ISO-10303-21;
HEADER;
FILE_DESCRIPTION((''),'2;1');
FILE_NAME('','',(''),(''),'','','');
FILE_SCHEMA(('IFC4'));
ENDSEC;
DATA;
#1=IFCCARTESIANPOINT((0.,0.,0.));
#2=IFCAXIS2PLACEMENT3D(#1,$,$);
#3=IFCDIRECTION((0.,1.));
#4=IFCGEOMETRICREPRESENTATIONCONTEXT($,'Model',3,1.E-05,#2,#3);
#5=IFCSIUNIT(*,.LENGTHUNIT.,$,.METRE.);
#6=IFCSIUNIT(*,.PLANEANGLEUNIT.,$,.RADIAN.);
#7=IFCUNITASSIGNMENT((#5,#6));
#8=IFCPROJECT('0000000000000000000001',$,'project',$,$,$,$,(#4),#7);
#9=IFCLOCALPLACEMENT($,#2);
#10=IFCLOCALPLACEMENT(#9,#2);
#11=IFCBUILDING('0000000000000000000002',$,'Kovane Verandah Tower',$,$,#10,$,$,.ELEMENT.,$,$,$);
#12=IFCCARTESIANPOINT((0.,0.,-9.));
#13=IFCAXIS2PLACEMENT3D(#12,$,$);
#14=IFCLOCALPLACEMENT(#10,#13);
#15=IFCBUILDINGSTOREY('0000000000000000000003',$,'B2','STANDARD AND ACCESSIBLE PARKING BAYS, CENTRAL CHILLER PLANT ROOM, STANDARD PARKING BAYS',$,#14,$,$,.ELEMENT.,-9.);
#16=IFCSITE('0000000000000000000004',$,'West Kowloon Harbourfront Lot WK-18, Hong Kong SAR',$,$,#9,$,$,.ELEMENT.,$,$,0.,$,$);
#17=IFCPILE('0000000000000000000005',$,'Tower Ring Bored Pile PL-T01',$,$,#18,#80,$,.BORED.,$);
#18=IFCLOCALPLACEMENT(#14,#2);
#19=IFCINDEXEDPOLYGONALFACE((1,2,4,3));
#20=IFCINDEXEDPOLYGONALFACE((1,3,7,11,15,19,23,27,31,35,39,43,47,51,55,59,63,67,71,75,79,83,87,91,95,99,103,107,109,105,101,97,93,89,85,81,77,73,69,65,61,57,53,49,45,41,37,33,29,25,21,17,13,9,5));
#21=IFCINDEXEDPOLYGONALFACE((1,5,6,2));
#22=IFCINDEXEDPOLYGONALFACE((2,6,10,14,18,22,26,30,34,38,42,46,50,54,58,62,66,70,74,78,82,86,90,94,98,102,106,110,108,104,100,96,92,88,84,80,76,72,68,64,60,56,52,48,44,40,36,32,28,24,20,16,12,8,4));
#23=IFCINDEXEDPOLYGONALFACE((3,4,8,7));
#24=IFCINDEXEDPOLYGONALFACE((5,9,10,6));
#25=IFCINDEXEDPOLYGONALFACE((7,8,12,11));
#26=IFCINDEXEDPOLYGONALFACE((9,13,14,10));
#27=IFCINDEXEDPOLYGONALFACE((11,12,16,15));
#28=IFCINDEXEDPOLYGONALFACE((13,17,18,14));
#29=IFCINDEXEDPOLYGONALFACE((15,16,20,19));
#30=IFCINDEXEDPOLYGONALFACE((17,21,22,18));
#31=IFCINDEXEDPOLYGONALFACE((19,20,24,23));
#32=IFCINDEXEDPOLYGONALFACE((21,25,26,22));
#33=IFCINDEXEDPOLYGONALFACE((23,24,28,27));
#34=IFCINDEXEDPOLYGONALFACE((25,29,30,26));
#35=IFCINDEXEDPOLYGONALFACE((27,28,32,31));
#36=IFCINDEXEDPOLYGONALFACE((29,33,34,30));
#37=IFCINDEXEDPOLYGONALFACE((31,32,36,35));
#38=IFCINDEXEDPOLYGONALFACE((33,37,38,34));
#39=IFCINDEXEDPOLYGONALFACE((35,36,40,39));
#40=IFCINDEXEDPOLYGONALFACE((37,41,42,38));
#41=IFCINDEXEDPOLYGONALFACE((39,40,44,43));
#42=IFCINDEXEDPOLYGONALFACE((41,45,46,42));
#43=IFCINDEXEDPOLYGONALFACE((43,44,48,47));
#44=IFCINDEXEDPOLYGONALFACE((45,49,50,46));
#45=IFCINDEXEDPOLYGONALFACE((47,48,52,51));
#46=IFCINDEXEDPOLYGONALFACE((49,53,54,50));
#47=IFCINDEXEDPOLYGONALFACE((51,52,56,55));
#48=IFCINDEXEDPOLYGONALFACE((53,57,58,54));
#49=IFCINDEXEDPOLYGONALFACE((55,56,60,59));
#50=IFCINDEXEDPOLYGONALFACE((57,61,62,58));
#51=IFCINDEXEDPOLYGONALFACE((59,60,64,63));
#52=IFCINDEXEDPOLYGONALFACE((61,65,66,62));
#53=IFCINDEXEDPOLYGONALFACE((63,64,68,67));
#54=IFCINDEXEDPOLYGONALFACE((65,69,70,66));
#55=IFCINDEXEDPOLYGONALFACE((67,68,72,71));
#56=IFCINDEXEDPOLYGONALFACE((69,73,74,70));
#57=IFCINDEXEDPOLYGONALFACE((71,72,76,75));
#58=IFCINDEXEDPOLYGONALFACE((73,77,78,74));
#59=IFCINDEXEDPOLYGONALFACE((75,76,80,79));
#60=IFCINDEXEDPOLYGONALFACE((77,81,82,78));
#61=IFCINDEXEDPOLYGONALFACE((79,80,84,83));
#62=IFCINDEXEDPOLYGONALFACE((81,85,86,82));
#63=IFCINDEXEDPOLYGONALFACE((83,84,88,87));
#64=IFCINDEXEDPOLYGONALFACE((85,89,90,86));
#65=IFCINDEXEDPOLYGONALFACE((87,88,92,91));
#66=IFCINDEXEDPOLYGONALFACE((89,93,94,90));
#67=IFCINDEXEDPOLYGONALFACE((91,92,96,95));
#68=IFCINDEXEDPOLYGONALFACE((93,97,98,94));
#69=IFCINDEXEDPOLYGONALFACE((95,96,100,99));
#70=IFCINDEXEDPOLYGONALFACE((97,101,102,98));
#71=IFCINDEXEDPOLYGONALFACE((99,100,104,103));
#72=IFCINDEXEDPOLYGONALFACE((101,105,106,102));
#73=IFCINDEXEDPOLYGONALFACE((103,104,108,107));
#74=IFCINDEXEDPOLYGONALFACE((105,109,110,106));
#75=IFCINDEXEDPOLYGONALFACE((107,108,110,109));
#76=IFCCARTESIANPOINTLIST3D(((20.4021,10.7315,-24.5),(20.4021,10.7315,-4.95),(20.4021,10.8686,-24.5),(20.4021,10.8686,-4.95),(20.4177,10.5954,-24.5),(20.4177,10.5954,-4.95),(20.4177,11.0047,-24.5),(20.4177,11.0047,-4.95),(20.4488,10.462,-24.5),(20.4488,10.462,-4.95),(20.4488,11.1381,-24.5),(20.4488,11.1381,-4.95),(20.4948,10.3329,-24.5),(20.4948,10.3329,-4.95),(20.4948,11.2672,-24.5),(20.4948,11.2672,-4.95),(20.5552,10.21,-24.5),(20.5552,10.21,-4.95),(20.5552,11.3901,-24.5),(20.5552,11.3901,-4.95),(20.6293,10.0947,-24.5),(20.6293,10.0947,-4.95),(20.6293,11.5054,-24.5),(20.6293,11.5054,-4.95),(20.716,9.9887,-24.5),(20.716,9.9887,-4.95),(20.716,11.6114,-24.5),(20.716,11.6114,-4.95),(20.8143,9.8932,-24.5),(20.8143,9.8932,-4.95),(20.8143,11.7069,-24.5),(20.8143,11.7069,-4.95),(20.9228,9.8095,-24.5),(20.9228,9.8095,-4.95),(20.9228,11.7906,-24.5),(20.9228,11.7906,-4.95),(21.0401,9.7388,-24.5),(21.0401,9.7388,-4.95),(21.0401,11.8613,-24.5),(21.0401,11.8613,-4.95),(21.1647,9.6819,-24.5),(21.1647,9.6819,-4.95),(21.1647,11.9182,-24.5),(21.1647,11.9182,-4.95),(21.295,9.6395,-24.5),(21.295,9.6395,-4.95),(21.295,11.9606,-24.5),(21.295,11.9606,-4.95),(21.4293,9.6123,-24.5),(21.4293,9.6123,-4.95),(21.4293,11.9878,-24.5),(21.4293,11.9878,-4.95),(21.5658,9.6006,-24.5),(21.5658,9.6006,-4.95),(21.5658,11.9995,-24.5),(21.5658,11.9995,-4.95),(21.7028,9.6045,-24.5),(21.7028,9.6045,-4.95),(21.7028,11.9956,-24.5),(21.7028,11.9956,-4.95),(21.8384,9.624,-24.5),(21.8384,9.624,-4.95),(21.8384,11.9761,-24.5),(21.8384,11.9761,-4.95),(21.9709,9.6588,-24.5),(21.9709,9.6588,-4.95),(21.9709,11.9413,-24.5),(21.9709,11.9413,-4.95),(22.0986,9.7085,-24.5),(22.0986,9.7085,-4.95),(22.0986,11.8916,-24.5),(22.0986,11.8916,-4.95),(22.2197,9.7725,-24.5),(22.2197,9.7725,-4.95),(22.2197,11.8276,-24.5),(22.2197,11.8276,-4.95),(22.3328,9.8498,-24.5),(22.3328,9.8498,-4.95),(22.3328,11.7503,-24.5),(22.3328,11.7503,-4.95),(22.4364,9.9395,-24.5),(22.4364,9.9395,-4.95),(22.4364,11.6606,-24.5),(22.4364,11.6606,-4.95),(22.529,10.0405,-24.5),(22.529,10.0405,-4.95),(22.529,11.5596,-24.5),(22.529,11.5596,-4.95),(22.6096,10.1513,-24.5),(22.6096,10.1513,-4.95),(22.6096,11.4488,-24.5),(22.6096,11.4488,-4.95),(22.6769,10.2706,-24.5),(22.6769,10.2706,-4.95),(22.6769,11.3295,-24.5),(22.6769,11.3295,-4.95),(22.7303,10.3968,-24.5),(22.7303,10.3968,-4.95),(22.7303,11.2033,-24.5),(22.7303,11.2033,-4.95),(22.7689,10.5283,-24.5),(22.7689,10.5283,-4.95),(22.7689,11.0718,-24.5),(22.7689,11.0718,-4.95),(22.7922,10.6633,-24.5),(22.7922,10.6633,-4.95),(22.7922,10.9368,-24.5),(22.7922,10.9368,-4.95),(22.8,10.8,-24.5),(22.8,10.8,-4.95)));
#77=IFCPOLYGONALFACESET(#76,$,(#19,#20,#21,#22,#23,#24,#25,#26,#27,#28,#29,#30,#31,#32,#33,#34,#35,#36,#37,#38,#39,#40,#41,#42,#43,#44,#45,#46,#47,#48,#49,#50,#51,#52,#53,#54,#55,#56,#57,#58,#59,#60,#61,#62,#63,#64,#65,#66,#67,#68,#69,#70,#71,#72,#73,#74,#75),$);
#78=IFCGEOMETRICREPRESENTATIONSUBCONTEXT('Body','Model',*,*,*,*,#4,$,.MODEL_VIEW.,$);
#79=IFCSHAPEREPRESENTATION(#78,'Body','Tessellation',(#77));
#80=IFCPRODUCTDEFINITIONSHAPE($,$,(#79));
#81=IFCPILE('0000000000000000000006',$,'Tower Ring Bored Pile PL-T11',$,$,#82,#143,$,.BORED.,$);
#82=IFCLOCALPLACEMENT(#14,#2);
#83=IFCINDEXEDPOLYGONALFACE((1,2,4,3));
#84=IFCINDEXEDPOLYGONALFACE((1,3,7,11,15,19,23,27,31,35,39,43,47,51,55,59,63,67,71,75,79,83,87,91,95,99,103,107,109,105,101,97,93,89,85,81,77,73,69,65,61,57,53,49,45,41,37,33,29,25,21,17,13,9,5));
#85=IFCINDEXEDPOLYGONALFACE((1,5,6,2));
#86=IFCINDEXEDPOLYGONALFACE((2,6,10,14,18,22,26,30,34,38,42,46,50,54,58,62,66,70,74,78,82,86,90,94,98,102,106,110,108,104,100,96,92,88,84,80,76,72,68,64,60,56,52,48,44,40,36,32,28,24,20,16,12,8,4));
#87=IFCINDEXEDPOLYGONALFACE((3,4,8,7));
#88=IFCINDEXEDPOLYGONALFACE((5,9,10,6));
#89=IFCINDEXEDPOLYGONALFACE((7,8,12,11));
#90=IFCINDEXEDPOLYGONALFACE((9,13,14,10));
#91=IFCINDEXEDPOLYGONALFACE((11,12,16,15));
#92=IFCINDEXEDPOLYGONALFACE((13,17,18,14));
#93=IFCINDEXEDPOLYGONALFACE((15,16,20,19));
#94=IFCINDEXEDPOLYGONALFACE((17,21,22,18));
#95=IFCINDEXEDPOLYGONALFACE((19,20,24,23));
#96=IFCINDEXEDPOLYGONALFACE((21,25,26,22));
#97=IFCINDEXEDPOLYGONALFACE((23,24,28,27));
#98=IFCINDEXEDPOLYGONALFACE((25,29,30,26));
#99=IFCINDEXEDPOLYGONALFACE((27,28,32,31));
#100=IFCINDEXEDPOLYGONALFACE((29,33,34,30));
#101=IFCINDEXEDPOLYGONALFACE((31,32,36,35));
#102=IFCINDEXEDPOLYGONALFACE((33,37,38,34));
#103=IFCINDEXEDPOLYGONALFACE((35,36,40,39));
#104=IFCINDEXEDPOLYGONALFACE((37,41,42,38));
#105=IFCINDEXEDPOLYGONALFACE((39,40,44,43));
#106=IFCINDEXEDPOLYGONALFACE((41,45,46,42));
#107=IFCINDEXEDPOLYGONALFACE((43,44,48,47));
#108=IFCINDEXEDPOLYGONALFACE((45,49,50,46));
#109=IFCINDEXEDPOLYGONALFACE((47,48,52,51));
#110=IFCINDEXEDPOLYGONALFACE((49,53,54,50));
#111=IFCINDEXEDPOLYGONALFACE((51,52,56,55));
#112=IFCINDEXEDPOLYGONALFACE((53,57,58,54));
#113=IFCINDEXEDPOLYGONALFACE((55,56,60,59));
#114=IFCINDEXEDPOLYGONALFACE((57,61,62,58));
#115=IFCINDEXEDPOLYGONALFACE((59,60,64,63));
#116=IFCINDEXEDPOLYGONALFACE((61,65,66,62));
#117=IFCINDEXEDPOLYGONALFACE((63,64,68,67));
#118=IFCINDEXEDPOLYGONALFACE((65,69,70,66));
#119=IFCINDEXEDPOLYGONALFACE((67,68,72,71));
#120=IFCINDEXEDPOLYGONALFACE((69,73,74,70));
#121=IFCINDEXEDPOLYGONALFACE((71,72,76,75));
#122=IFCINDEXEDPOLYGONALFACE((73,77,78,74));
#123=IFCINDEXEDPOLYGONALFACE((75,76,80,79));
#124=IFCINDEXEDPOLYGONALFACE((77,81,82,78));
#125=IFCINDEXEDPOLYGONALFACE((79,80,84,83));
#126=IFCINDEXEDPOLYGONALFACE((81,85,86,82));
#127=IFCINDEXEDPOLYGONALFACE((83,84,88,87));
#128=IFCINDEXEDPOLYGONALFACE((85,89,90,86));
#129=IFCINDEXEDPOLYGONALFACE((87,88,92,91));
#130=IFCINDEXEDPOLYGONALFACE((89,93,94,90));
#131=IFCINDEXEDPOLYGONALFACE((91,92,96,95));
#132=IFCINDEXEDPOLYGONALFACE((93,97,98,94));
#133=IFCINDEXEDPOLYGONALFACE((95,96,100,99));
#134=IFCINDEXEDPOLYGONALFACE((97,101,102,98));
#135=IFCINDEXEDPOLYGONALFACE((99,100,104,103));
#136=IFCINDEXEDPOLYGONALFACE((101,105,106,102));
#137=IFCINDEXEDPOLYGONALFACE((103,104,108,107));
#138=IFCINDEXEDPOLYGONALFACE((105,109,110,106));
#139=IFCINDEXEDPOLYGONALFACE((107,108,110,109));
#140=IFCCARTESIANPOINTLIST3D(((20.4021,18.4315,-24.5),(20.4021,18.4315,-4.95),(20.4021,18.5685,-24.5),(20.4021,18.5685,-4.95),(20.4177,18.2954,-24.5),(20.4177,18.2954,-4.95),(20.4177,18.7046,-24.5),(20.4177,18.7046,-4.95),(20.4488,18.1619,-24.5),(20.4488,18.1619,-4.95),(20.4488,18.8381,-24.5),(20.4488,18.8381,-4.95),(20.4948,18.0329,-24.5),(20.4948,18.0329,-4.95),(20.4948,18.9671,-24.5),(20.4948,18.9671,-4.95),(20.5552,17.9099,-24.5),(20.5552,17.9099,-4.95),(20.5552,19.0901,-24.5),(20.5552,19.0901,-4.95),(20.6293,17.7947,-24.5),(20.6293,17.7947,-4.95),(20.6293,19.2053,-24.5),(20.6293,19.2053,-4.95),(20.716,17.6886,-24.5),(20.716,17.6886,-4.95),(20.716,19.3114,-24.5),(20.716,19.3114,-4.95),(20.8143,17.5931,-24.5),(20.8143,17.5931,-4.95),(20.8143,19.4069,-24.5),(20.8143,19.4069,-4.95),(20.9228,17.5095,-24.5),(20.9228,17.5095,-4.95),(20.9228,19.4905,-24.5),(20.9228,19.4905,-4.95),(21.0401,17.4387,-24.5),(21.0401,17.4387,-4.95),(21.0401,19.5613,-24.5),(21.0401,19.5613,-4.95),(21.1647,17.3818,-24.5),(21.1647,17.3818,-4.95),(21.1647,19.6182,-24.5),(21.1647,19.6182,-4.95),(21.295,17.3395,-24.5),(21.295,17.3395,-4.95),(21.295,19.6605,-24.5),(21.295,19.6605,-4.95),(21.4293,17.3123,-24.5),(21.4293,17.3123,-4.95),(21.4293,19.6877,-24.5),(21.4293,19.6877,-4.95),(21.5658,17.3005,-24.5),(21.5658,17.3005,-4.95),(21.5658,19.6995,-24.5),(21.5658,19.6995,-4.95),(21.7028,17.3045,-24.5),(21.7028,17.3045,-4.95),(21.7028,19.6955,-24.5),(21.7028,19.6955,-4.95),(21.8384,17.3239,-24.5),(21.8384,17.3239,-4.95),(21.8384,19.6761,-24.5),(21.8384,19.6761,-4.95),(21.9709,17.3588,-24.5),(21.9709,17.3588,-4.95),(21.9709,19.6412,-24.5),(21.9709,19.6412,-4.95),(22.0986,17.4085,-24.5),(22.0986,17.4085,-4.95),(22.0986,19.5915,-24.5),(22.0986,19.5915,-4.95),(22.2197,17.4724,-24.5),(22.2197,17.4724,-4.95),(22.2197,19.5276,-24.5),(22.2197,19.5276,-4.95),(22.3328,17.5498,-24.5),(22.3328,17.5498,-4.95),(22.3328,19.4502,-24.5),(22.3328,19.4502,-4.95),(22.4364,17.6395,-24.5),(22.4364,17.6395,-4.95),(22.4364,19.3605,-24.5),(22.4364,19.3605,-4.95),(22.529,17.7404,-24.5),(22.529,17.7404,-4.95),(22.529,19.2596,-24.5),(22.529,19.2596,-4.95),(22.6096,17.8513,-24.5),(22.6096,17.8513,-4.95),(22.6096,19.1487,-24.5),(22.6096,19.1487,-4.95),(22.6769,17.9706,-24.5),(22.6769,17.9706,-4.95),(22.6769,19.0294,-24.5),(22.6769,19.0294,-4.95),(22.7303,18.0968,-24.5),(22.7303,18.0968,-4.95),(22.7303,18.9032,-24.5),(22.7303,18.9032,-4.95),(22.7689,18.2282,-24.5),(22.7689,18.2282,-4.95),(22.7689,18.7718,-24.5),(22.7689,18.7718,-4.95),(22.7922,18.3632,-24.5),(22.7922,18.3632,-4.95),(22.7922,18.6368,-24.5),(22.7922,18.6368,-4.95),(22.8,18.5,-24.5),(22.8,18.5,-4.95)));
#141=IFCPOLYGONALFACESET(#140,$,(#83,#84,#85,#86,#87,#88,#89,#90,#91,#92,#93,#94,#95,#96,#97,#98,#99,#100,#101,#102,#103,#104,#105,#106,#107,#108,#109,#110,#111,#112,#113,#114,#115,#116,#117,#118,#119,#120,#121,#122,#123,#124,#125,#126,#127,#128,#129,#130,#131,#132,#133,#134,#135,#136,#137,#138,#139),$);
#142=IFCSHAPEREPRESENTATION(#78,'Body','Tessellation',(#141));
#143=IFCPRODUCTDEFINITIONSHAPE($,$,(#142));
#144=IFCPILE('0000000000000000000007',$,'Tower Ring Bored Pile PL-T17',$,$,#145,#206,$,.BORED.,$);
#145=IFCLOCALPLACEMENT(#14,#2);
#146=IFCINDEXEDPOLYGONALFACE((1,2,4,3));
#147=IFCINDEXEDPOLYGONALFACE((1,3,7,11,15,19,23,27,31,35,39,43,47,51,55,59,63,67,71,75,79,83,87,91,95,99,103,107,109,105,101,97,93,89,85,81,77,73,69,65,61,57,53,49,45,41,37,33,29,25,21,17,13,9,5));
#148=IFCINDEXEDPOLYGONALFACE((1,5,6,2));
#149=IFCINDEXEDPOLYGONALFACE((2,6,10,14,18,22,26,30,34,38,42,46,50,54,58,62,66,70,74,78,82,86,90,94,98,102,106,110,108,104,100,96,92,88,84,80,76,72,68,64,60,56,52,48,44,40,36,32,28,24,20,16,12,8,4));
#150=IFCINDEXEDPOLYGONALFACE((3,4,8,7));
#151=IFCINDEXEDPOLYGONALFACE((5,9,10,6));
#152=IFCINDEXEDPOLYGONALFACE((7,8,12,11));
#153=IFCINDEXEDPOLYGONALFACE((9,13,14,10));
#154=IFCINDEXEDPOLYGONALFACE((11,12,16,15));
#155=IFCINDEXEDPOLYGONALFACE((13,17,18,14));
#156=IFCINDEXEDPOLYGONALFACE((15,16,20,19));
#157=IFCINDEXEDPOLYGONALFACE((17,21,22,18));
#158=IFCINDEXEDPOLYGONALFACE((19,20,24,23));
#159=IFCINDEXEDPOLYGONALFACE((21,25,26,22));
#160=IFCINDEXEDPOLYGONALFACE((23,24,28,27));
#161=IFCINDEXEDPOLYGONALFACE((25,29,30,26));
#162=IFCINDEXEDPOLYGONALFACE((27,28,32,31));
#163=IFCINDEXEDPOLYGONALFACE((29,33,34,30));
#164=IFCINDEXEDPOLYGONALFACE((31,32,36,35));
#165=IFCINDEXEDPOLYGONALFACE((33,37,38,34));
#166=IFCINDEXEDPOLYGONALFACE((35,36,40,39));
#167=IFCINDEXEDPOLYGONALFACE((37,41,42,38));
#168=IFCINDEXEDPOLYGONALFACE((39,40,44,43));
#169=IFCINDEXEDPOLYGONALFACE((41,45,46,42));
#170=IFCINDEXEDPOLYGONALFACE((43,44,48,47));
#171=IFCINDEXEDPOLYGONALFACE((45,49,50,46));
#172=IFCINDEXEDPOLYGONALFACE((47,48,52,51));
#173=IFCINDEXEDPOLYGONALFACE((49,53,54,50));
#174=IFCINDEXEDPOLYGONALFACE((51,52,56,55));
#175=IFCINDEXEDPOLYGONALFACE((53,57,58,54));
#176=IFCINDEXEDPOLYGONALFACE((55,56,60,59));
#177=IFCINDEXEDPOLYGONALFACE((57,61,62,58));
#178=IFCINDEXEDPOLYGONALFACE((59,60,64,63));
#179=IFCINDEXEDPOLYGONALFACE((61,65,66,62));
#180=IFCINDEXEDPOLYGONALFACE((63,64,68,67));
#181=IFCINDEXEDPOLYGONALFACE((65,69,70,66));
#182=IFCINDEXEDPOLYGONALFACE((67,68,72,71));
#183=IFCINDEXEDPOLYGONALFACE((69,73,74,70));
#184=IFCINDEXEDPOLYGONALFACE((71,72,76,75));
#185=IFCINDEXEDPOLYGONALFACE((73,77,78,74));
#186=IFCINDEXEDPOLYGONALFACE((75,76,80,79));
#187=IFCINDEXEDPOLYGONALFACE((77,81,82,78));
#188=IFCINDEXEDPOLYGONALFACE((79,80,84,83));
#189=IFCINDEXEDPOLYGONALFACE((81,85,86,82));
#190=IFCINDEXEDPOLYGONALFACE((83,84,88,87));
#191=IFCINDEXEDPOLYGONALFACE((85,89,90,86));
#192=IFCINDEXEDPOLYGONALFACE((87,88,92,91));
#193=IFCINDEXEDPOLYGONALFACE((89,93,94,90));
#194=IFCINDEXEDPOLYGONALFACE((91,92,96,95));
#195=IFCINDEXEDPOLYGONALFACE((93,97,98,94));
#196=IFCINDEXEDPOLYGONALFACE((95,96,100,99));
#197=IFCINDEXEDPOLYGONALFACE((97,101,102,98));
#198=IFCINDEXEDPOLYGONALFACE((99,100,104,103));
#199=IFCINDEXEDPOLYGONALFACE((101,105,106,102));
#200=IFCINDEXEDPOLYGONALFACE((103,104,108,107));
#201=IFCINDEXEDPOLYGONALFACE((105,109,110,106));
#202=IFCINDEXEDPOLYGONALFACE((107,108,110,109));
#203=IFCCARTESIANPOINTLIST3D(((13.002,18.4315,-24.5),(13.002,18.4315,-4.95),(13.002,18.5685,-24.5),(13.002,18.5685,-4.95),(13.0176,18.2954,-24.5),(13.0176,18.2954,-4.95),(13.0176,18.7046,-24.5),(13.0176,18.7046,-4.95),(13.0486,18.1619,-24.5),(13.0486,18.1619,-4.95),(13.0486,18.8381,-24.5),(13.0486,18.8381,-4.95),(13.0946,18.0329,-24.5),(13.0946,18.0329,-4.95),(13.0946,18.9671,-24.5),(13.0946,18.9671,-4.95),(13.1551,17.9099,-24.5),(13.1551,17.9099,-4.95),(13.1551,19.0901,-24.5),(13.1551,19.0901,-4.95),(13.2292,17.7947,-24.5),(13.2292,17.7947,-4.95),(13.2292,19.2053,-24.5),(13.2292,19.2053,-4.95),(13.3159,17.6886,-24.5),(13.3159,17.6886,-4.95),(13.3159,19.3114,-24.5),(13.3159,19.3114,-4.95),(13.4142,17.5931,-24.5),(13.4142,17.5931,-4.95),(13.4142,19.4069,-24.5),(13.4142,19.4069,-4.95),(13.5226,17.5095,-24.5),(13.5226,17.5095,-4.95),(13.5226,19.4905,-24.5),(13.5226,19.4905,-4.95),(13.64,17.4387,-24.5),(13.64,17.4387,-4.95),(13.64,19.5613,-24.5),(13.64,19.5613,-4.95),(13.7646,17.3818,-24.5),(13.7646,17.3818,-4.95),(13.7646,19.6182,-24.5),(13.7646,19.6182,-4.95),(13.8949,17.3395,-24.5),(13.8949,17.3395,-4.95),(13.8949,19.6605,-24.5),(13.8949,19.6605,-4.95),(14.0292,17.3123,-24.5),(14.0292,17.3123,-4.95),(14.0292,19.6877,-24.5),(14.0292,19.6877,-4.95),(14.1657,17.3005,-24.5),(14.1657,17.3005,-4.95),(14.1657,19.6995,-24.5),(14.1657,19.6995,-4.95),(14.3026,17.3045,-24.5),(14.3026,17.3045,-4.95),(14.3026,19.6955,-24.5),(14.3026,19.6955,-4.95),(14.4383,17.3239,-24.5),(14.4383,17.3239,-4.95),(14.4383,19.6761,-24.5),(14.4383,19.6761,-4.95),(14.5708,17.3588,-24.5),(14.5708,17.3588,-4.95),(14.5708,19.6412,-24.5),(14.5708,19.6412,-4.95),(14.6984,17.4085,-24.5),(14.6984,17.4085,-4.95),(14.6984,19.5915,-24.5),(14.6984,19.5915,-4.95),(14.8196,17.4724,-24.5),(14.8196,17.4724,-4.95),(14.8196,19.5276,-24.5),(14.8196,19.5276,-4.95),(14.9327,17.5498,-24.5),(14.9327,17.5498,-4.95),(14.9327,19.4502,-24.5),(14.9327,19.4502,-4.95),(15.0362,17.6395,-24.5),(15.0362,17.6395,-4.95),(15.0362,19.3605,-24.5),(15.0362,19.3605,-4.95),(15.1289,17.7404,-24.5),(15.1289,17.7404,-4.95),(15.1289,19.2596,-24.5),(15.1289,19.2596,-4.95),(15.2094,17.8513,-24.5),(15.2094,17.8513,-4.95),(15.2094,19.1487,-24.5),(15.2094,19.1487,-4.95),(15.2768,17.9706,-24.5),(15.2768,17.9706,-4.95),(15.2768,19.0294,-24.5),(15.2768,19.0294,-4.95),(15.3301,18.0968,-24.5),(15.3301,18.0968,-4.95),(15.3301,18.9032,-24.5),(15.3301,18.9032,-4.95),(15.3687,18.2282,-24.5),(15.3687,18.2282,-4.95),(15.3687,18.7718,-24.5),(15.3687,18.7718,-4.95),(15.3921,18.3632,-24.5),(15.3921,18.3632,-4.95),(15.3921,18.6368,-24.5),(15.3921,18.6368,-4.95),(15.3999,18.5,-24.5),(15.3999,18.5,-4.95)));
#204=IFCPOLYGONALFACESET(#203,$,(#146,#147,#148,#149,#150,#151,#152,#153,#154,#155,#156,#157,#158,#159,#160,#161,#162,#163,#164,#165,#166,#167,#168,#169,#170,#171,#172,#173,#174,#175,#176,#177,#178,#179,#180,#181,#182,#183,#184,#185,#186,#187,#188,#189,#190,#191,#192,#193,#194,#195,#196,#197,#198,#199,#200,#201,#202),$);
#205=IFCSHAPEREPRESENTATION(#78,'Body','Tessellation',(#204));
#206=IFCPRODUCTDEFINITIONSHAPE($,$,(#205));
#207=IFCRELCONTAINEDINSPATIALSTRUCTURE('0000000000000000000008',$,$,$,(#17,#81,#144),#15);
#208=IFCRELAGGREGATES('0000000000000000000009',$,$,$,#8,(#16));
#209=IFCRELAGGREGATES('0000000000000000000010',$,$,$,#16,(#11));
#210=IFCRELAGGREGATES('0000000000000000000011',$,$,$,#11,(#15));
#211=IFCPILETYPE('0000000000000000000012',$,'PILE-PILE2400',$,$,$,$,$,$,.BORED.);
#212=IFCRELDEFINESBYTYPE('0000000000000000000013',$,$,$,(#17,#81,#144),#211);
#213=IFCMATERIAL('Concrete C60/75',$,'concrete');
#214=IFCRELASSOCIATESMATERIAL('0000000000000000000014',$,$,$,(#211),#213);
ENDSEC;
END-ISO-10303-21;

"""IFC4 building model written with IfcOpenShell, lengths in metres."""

from ifc_helpers import new_model, si_unit, direction, frame, origin, origin_2d, place, context, subcontext, project, spatial, circle, extrude, material, material_profile, profile_set, type_object, element, save


model = new_model("IFC4")

# Units and contexts
model_context = context("Model", 3, precision=1e-05, world=origin(), true_north=direction((0.0, 1.0)))
body_context = subcontext(model_context, "Body", "Model", "MODEL_VIEW")
ifc_project = project(units=[si_unit("LENGTHUNIT", "METRE"), si_unit("PLANEANGLEUNIT", "RADIAN")], contexts=[model_context])

# Site, building, storey
site_placement = place(None, origin())
site = spatial("IfcSite", under=ifc_project, at=site_placement, Name="West Kowloon Harbourfront Lot WK-18, Hong Kong SAR", CompositionType="ELEMENT", RefElevation=0.0)
building_placement = place(site_placement, origin())
building = spatial("IfcBuilding", under=site, at=building_placement, Name="Kovane Verandah Tower", CompositionType="ELEMENT")
storey_placement = place(building_placement, frame((0.0, 0.0, -9.0)))
storey = spatial("IfcBuildingStorey", under=building, at=storey_placement, Name="B2", Description="STANDARD AND ACCESSIBLE PARKING BAYS, CENTRAL CHILLER PLANT ROOM, STANDARD PARKING BAYS", CompositionType="ELEMENT", Elevation=-9.0)

# Shared definitions
ifc_material_1 = material(Name="Concrete C60/75", Category="concrete")

# Piles
ifc_material_profile_1 = material_profile(ifc_material_1, circle(Radius=1.2, at=origin_2d()), Name="PILE2400")
ifc_profile_set_1 = profile_set([ifc_material_profile_1], Name="Concrete C60/75")
pile_type_1 = type_object("IfcPileType", Name="PILE-PILE2400", PredefinedType="BORED", material=ifc_profile_set_1)
for number, where, z_axis, x_axis, name in (
    (1, (21.6001, 10.8, -4.95), (0.0, 0.0, -1.0), (1.0, 0.0, 0.0), "Tower Ring Bored Pile PL-T01"),
    (2, (21.6001, 18.5, -4.95), (0.0, 0.0, -1.0), (1.0, 0.0, 0.0), "Tower Ring Bored Pile PL-T11"),
    (3, (14.2, 18.5, -4.95), (0.0, 0.0, -1.0), (1.0, 0.0, 0.0), "Tower Ring Bored Pile PL-T17"),
):
    element("IfcPile", number, at=place(storey_placement, frame(where, z_axis=z_axis, x_axis=x_axis)), inside=storey, type_object=pile_type_1, Name=name, PredefinedType="BORED", context=body_context, shape_type="SweptSolid", body=[
        extrude(circle(Radius=1.2, at=origin_2d()), origin(), (0.0, 0.0, 1.0), 19.55),
    ])

save(model, "model.ifc")
